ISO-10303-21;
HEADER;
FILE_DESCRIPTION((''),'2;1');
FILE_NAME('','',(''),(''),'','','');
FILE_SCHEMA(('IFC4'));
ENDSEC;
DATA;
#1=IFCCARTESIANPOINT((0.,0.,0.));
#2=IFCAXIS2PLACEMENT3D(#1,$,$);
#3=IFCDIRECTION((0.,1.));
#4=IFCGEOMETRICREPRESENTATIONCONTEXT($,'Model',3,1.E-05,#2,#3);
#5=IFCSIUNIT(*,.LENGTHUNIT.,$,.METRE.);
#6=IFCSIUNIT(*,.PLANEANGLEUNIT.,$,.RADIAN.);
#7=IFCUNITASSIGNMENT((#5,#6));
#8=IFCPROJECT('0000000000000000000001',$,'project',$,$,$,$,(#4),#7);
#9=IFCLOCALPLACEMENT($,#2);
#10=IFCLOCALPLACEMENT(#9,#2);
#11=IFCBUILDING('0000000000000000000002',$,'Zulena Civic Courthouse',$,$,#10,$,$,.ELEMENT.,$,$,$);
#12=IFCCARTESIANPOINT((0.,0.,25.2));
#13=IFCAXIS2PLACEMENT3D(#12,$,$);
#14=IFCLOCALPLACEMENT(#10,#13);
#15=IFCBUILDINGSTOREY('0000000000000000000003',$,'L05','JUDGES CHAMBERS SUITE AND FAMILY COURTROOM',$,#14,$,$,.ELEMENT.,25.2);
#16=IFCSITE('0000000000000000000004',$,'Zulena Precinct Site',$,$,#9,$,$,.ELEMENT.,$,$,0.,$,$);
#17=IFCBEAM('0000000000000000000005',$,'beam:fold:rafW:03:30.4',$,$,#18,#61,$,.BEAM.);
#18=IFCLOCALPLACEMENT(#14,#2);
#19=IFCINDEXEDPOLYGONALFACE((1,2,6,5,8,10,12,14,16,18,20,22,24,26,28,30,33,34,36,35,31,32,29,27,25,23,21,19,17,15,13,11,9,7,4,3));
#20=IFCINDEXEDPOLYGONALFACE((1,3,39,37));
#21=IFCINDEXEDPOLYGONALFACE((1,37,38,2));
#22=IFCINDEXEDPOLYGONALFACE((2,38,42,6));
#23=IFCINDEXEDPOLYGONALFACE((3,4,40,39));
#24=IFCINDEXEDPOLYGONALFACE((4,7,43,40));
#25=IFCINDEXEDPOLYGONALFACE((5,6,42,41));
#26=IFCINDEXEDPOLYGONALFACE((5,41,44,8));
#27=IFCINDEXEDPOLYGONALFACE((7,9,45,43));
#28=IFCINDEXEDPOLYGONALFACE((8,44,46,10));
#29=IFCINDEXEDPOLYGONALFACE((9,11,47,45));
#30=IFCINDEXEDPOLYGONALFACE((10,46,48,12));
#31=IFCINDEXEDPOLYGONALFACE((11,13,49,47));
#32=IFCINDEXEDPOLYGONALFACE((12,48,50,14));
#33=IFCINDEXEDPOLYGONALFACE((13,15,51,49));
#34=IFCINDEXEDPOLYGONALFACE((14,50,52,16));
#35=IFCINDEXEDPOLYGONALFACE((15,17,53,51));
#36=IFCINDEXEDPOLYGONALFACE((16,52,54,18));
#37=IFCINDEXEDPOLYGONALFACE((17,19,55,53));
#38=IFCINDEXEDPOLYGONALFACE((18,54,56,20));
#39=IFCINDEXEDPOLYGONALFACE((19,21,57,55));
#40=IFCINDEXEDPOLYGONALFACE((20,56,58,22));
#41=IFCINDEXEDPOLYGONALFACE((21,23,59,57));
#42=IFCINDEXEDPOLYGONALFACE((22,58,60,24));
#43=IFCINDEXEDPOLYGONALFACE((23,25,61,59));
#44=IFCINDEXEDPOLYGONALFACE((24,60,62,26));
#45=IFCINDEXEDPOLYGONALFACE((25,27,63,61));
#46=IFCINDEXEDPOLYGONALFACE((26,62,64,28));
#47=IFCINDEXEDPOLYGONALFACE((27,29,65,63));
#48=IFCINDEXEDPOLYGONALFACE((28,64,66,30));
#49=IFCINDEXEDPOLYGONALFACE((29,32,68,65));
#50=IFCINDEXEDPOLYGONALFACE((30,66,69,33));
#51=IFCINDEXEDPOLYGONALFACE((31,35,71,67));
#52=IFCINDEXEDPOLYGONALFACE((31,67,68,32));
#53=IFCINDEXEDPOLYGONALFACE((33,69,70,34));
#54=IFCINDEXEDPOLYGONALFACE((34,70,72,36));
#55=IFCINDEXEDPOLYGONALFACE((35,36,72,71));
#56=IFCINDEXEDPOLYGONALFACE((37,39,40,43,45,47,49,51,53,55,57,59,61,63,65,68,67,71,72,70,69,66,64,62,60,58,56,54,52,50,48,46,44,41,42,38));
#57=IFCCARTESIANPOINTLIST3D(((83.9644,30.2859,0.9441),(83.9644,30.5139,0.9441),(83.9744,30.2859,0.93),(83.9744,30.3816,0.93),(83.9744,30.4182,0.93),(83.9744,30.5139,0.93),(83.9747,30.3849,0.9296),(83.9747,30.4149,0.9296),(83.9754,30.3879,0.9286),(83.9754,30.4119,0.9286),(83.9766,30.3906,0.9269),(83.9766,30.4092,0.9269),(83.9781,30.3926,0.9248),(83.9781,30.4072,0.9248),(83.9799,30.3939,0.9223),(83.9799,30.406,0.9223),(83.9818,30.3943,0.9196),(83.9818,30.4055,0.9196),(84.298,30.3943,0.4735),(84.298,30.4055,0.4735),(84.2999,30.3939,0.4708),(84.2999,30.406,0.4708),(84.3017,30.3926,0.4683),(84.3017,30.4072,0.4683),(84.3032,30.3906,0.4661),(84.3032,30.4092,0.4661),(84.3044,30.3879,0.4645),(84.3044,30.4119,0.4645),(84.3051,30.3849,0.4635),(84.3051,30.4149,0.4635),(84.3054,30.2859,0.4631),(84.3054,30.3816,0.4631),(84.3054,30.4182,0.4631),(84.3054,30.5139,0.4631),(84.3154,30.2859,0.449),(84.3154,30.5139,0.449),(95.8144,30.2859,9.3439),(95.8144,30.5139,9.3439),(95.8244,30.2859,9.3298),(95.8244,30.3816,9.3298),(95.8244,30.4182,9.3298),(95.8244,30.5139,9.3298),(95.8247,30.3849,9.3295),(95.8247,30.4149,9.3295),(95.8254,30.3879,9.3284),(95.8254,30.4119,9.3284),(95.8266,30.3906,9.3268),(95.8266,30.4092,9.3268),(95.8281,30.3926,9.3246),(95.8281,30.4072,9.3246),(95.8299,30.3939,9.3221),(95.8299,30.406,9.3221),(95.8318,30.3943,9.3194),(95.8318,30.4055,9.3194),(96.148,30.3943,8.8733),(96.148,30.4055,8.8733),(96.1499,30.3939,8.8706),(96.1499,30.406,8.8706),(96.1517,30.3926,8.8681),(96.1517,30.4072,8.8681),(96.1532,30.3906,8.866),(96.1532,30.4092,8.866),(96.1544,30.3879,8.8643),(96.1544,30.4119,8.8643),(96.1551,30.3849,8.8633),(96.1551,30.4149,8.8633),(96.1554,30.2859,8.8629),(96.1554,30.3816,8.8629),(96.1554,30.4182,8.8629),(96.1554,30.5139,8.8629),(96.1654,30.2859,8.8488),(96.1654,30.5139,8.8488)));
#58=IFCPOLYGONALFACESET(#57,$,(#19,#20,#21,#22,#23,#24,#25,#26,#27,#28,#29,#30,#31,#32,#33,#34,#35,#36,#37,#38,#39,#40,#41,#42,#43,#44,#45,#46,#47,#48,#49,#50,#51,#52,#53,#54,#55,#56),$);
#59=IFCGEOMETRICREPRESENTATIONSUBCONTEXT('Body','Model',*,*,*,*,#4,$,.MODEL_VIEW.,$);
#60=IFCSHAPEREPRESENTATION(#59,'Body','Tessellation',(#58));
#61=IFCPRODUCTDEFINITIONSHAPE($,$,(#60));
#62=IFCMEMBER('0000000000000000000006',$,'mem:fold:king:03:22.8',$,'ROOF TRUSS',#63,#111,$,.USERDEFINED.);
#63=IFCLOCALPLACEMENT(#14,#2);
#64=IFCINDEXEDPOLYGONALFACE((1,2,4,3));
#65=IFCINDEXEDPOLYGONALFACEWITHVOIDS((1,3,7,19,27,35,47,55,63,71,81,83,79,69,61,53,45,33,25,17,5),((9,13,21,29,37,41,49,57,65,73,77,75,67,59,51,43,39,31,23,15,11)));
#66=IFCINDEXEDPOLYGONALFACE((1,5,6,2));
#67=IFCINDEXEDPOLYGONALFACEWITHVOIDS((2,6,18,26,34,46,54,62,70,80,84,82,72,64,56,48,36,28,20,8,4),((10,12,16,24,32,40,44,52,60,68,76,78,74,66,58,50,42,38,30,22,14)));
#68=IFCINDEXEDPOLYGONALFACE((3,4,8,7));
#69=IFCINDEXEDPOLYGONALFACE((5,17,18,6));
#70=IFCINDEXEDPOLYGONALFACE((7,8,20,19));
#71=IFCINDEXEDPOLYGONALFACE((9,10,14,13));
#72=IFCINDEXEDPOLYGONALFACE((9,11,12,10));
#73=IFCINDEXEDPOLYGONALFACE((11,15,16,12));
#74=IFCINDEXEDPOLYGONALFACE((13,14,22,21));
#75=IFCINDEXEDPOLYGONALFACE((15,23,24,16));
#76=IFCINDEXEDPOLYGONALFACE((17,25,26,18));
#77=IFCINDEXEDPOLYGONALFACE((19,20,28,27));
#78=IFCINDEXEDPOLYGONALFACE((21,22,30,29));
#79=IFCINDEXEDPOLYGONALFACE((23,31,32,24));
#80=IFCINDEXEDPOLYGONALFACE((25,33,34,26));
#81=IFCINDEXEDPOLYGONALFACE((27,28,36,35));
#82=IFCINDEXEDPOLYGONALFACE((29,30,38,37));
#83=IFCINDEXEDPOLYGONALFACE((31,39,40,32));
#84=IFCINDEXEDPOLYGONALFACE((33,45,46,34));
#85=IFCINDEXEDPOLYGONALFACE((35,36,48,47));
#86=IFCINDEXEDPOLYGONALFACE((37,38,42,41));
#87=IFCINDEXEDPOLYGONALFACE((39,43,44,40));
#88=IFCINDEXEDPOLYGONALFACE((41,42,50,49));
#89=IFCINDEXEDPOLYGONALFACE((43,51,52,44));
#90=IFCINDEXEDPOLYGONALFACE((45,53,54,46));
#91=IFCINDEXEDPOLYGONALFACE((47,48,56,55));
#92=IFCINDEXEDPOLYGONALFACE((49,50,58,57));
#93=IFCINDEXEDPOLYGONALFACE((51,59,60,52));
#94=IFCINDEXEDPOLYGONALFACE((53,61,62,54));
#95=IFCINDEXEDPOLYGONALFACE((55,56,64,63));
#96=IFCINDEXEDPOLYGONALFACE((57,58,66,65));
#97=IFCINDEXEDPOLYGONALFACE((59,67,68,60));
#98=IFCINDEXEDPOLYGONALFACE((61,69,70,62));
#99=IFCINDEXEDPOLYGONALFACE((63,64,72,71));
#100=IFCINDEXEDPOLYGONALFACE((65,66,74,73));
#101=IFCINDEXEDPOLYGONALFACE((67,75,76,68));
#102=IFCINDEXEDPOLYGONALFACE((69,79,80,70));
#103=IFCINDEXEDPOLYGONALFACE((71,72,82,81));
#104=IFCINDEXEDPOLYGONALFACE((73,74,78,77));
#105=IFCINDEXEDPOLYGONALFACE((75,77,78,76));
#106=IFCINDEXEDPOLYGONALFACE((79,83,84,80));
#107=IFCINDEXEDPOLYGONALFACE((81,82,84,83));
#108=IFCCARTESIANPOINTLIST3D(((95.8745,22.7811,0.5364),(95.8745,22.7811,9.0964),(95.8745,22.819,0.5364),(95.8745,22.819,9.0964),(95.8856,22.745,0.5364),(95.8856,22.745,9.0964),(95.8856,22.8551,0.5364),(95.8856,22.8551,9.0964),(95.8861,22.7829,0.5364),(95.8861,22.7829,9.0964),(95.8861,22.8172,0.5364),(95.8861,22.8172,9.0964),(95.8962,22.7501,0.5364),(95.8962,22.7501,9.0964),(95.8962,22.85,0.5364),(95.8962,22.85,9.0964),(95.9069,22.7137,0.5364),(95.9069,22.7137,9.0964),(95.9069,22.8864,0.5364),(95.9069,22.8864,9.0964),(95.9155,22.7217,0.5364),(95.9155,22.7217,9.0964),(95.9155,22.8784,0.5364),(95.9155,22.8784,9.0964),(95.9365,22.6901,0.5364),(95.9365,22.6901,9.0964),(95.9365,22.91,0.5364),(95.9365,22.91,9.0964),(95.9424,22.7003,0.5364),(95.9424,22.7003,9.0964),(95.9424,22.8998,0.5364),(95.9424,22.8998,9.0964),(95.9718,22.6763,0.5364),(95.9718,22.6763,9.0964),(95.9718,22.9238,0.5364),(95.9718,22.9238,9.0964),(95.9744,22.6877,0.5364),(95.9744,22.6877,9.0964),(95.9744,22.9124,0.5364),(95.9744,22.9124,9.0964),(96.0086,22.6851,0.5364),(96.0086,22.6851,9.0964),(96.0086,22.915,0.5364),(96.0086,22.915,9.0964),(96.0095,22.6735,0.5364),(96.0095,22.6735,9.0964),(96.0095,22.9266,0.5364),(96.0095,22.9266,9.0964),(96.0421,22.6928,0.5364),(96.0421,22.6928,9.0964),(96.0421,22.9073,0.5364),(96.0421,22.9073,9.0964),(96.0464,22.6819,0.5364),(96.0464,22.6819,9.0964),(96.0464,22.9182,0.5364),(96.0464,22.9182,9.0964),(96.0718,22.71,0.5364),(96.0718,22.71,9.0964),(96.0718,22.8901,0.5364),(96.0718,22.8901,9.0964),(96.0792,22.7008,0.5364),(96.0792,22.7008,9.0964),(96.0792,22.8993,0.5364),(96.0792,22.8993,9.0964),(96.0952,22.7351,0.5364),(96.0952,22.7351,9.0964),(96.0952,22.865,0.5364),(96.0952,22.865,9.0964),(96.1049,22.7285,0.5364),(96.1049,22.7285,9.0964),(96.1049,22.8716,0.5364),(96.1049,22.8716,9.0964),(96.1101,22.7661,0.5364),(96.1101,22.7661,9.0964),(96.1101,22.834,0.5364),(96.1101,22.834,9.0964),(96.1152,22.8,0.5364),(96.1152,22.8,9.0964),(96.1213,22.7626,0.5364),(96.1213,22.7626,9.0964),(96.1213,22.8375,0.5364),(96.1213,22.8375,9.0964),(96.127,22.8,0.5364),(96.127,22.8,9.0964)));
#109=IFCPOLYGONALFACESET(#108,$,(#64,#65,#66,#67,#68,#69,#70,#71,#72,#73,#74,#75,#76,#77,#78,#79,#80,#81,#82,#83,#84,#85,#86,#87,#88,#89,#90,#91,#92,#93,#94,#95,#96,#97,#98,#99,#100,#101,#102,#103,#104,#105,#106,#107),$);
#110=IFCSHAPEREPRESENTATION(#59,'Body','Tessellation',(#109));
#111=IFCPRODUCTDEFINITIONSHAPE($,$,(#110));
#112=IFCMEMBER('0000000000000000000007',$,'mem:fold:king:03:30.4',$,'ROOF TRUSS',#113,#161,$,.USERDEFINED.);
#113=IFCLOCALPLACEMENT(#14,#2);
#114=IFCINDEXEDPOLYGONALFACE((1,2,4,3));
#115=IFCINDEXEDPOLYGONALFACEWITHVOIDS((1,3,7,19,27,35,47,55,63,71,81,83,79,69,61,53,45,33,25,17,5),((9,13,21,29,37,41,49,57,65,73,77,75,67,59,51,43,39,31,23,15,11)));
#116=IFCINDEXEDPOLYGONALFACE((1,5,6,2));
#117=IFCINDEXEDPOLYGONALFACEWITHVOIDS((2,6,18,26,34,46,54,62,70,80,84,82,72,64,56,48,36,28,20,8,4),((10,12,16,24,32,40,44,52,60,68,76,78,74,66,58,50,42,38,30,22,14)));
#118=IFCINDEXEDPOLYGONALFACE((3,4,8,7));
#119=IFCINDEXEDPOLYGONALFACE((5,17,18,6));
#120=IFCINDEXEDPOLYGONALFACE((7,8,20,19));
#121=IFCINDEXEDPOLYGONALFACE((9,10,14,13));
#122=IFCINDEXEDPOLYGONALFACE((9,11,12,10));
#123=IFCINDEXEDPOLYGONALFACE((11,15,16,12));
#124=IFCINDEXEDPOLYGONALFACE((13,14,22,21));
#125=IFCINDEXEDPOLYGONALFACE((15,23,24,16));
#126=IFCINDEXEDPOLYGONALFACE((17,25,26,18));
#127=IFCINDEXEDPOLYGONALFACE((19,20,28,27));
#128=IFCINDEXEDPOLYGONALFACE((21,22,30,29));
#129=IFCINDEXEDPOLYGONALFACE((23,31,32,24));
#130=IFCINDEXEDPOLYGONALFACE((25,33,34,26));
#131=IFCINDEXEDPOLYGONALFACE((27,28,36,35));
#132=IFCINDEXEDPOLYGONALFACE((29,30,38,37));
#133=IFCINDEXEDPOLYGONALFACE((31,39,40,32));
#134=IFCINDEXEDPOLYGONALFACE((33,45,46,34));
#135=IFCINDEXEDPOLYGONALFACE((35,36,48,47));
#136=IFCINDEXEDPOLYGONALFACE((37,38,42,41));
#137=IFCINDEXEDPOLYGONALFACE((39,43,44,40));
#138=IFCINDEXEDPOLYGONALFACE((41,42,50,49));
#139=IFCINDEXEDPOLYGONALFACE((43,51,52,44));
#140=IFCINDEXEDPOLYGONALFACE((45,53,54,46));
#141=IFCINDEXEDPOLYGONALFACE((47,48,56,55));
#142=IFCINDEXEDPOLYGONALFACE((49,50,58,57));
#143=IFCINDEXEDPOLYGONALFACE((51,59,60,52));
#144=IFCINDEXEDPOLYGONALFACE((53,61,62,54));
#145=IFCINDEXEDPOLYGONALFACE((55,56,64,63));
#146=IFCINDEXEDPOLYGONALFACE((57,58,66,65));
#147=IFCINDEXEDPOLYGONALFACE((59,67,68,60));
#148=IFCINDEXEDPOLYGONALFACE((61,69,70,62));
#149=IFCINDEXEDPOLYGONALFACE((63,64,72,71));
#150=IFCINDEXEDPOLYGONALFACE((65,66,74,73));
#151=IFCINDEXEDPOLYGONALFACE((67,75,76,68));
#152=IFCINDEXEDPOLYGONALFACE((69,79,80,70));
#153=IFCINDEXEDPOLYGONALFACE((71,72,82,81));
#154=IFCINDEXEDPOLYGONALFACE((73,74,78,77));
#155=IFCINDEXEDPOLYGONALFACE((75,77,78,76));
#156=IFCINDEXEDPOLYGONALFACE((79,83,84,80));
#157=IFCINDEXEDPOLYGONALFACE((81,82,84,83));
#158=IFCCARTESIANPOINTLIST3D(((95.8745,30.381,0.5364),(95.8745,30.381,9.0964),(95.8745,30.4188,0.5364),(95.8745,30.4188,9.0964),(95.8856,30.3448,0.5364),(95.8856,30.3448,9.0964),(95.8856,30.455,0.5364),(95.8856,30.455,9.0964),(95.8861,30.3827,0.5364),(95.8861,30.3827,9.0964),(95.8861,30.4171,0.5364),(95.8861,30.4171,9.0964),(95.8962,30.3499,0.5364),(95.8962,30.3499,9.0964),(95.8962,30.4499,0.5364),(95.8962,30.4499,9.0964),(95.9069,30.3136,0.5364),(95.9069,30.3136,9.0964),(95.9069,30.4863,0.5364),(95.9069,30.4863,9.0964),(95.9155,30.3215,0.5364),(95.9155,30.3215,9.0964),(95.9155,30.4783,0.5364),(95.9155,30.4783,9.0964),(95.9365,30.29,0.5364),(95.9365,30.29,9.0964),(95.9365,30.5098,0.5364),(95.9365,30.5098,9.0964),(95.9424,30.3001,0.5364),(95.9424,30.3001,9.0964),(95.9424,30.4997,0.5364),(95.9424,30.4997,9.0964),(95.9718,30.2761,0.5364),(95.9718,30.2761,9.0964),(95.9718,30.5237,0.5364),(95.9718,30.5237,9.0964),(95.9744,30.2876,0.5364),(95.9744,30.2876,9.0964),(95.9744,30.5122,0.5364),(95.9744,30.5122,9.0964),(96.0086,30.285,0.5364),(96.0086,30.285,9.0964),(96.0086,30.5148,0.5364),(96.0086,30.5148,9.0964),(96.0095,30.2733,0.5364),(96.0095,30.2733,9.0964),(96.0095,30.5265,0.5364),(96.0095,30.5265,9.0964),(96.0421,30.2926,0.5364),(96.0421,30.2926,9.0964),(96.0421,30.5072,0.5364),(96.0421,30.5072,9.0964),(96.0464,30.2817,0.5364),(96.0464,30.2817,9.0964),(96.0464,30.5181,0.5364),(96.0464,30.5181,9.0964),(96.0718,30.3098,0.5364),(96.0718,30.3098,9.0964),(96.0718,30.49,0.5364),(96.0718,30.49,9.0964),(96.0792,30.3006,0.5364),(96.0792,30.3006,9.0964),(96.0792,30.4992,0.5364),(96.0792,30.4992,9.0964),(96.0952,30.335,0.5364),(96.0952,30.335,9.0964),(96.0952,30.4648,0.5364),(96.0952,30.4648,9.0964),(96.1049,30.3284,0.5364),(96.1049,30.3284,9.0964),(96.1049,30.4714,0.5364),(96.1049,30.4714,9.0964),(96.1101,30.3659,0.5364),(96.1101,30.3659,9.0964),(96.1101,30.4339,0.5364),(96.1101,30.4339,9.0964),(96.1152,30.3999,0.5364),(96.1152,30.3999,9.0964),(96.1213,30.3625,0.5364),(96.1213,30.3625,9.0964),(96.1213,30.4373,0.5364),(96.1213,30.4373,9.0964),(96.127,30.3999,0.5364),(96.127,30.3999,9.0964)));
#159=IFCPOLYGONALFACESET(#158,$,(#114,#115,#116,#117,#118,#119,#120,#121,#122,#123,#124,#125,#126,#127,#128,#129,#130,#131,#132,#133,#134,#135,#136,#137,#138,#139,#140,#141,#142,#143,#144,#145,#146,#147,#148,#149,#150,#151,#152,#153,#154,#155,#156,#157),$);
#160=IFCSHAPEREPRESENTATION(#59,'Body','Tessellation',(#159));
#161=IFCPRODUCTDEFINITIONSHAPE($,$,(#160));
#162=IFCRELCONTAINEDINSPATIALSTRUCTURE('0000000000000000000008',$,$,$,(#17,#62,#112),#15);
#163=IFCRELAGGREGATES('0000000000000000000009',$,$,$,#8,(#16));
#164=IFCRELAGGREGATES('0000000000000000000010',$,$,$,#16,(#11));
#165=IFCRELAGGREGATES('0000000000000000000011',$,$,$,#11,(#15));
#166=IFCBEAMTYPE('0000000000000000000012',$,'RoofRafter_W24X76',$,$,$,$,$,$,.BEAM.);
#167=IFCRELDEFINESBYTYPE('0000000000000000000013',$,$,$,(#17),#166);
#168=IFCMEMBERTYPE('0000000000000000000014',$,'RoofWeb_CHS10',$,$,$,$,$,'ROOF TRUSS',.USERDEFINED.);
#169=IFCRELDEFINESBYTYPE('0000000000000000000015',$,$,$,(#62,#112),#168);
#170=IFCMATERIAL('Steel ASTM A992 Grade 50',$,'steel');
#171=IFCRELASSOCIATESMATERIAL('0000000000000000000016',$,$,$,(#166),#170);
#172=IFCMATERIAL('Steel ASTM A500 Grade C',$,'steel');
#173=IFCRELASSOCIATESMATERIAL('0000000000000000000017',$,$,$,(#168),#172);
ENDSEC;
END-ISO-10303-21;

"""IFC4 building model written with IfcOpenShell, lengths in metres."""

from ifc_helpers import new_model, si_unit, direction, frame, origin, origin_2d, place, context, subcontext, project, spatial, hollow_circle, i_section, extrude, material, material_profile, profile_set, type_object, element, save


model = new_model("IFC4")

# Units and contexts
model_context = context("Model", 3, precision=1e-05, world=origin(), true_north=direction((0.0, 1.0)))
body_context = subcontext(model_context, "Body", "Model", "MODEL_VIEW")
ifc_project = project(units=[si_unit("LENGTHUNIT", "METRE"), si_unit("PLANEANGLEUNIT", "RADIAN")], contexts=[model_context])

# Site, building, storey
site_placement = place(None, origin())
site = spatial("IfcSite", under=ifc_project, at=site_placement, Name="Zulena Precinct Site", CompositionType="ELEMENT", RefElevation=0.0)
building_placement = place(site_placement, origin())
building = spatial("IfcBuilding", under=site, at=building_placement, Name="Zulena Civic Courthouse", CompositionType="ELEMENT")
storey_placement = place(building_placement, frame((0.0, 0.0, 25.2)))
storey = spatial("IfcBuildingStorey", under=building, at=storey_placement, Name="L05", Description="JUDGES CHAMBERS SUITE AND FAMILY COURTROOM", CompositionType="ELEMENT", Elevation=25.2)

# Shared definitions
ifc_material_1 = material(Name="Steel ASTM A992 Grade 50", Category="steel")

# Beam
ifc_material_profile_1 = material_profile(ifc_material_1, i_section(OverallWidth=0.228, OverallDepth=0.6069, WebThickness=0.0112, FlangeThickness=0.0173, FilletRadius=0.0127, at=origin_2d()), Name="W24X76")
ifc_profile_set_1 = profile_set([ifc_material_profile_1], Name="Steel ASTM A992 Grade 50")
beam_type = type_object("IfcBeamType", Name="RoofRafter_W24X76", PredefinedType="BEAM", material=ifc_profile_set_1)
beam_placement = place(storey_placement, frame((84.1399, 30.3999, 0.6965), z_axis=(0.815827, 0.0, 0.578296), x_axis=(0.0, 1.0, 0.0)))
element("IfcBeam", 1, at=beam_placement, inside=storey, type_object=beam_type, Name="beam:fold:rafW:03:30.4", PredefinedType="BEAM", context=body_context, shape_type="SweptSolid", body=[
    extrude(i_section(OverallWidth=0.228, OverallDepth=0.6069, WebThickness=0.0112, FlangeThickness=0.0173, FilletRadius=0.0127, at=origin_2d()), origin(), (0.0, 0.0, 1.0), 14.5251),
])

# Members
ifc_material_2 = material(Name="Steel ASTM A500 Grade C", Category="steel")
ifc_material_profile_2 = material_profile(ifc_material_2, hollow_circle(Radius=0.127, WallThickness=0.0117, at=origin_2d()), Name="HSS10.000X0.500")
ifc_profile_set_2 = profile_set([ifc_material_profile_2], Name="Steel ASTM A500 Grade C")
member_type_1 = type_object("IfcMemberType", Name="RoofWeb_CHS10", ElementType="ROOF TRUSS", PredefinedType="USERDEFINED", material=ifc_profile_set_2)
for number, where, z_axis, x_axis, name in (
    (2, (96.0, 22.8, 0.5364), (0.0, 0.0, 1.0), (1.0, 0.0, 0.0), "mem:fold:king:03:22.8"),
    (3, (96.0, 30.3999, 0.5364), (0.0, 0.0, 1.0), (1.0, 0.0, 0.0), "mem:fold:king:03:30.4"),
):
    element("IfcMember", number, at=place(storey_placement, frame(where, z_axis=z_axis, x_axis=x_axis)), inside=storey, type_object=member_type_1, Name=name, ObjectType="ROOF TRUSS", PredefinedType="USERDEFINED", context=body_context, shape_type="SweptSolid", body=[
        extrude(hollow_circle(Radius=0.127, WallThickness=0.0117, at=origin_2d()), origin(), (0.0, 0.0, 1.0), 8.5601),
    ])

save(model, "model.ifc")
